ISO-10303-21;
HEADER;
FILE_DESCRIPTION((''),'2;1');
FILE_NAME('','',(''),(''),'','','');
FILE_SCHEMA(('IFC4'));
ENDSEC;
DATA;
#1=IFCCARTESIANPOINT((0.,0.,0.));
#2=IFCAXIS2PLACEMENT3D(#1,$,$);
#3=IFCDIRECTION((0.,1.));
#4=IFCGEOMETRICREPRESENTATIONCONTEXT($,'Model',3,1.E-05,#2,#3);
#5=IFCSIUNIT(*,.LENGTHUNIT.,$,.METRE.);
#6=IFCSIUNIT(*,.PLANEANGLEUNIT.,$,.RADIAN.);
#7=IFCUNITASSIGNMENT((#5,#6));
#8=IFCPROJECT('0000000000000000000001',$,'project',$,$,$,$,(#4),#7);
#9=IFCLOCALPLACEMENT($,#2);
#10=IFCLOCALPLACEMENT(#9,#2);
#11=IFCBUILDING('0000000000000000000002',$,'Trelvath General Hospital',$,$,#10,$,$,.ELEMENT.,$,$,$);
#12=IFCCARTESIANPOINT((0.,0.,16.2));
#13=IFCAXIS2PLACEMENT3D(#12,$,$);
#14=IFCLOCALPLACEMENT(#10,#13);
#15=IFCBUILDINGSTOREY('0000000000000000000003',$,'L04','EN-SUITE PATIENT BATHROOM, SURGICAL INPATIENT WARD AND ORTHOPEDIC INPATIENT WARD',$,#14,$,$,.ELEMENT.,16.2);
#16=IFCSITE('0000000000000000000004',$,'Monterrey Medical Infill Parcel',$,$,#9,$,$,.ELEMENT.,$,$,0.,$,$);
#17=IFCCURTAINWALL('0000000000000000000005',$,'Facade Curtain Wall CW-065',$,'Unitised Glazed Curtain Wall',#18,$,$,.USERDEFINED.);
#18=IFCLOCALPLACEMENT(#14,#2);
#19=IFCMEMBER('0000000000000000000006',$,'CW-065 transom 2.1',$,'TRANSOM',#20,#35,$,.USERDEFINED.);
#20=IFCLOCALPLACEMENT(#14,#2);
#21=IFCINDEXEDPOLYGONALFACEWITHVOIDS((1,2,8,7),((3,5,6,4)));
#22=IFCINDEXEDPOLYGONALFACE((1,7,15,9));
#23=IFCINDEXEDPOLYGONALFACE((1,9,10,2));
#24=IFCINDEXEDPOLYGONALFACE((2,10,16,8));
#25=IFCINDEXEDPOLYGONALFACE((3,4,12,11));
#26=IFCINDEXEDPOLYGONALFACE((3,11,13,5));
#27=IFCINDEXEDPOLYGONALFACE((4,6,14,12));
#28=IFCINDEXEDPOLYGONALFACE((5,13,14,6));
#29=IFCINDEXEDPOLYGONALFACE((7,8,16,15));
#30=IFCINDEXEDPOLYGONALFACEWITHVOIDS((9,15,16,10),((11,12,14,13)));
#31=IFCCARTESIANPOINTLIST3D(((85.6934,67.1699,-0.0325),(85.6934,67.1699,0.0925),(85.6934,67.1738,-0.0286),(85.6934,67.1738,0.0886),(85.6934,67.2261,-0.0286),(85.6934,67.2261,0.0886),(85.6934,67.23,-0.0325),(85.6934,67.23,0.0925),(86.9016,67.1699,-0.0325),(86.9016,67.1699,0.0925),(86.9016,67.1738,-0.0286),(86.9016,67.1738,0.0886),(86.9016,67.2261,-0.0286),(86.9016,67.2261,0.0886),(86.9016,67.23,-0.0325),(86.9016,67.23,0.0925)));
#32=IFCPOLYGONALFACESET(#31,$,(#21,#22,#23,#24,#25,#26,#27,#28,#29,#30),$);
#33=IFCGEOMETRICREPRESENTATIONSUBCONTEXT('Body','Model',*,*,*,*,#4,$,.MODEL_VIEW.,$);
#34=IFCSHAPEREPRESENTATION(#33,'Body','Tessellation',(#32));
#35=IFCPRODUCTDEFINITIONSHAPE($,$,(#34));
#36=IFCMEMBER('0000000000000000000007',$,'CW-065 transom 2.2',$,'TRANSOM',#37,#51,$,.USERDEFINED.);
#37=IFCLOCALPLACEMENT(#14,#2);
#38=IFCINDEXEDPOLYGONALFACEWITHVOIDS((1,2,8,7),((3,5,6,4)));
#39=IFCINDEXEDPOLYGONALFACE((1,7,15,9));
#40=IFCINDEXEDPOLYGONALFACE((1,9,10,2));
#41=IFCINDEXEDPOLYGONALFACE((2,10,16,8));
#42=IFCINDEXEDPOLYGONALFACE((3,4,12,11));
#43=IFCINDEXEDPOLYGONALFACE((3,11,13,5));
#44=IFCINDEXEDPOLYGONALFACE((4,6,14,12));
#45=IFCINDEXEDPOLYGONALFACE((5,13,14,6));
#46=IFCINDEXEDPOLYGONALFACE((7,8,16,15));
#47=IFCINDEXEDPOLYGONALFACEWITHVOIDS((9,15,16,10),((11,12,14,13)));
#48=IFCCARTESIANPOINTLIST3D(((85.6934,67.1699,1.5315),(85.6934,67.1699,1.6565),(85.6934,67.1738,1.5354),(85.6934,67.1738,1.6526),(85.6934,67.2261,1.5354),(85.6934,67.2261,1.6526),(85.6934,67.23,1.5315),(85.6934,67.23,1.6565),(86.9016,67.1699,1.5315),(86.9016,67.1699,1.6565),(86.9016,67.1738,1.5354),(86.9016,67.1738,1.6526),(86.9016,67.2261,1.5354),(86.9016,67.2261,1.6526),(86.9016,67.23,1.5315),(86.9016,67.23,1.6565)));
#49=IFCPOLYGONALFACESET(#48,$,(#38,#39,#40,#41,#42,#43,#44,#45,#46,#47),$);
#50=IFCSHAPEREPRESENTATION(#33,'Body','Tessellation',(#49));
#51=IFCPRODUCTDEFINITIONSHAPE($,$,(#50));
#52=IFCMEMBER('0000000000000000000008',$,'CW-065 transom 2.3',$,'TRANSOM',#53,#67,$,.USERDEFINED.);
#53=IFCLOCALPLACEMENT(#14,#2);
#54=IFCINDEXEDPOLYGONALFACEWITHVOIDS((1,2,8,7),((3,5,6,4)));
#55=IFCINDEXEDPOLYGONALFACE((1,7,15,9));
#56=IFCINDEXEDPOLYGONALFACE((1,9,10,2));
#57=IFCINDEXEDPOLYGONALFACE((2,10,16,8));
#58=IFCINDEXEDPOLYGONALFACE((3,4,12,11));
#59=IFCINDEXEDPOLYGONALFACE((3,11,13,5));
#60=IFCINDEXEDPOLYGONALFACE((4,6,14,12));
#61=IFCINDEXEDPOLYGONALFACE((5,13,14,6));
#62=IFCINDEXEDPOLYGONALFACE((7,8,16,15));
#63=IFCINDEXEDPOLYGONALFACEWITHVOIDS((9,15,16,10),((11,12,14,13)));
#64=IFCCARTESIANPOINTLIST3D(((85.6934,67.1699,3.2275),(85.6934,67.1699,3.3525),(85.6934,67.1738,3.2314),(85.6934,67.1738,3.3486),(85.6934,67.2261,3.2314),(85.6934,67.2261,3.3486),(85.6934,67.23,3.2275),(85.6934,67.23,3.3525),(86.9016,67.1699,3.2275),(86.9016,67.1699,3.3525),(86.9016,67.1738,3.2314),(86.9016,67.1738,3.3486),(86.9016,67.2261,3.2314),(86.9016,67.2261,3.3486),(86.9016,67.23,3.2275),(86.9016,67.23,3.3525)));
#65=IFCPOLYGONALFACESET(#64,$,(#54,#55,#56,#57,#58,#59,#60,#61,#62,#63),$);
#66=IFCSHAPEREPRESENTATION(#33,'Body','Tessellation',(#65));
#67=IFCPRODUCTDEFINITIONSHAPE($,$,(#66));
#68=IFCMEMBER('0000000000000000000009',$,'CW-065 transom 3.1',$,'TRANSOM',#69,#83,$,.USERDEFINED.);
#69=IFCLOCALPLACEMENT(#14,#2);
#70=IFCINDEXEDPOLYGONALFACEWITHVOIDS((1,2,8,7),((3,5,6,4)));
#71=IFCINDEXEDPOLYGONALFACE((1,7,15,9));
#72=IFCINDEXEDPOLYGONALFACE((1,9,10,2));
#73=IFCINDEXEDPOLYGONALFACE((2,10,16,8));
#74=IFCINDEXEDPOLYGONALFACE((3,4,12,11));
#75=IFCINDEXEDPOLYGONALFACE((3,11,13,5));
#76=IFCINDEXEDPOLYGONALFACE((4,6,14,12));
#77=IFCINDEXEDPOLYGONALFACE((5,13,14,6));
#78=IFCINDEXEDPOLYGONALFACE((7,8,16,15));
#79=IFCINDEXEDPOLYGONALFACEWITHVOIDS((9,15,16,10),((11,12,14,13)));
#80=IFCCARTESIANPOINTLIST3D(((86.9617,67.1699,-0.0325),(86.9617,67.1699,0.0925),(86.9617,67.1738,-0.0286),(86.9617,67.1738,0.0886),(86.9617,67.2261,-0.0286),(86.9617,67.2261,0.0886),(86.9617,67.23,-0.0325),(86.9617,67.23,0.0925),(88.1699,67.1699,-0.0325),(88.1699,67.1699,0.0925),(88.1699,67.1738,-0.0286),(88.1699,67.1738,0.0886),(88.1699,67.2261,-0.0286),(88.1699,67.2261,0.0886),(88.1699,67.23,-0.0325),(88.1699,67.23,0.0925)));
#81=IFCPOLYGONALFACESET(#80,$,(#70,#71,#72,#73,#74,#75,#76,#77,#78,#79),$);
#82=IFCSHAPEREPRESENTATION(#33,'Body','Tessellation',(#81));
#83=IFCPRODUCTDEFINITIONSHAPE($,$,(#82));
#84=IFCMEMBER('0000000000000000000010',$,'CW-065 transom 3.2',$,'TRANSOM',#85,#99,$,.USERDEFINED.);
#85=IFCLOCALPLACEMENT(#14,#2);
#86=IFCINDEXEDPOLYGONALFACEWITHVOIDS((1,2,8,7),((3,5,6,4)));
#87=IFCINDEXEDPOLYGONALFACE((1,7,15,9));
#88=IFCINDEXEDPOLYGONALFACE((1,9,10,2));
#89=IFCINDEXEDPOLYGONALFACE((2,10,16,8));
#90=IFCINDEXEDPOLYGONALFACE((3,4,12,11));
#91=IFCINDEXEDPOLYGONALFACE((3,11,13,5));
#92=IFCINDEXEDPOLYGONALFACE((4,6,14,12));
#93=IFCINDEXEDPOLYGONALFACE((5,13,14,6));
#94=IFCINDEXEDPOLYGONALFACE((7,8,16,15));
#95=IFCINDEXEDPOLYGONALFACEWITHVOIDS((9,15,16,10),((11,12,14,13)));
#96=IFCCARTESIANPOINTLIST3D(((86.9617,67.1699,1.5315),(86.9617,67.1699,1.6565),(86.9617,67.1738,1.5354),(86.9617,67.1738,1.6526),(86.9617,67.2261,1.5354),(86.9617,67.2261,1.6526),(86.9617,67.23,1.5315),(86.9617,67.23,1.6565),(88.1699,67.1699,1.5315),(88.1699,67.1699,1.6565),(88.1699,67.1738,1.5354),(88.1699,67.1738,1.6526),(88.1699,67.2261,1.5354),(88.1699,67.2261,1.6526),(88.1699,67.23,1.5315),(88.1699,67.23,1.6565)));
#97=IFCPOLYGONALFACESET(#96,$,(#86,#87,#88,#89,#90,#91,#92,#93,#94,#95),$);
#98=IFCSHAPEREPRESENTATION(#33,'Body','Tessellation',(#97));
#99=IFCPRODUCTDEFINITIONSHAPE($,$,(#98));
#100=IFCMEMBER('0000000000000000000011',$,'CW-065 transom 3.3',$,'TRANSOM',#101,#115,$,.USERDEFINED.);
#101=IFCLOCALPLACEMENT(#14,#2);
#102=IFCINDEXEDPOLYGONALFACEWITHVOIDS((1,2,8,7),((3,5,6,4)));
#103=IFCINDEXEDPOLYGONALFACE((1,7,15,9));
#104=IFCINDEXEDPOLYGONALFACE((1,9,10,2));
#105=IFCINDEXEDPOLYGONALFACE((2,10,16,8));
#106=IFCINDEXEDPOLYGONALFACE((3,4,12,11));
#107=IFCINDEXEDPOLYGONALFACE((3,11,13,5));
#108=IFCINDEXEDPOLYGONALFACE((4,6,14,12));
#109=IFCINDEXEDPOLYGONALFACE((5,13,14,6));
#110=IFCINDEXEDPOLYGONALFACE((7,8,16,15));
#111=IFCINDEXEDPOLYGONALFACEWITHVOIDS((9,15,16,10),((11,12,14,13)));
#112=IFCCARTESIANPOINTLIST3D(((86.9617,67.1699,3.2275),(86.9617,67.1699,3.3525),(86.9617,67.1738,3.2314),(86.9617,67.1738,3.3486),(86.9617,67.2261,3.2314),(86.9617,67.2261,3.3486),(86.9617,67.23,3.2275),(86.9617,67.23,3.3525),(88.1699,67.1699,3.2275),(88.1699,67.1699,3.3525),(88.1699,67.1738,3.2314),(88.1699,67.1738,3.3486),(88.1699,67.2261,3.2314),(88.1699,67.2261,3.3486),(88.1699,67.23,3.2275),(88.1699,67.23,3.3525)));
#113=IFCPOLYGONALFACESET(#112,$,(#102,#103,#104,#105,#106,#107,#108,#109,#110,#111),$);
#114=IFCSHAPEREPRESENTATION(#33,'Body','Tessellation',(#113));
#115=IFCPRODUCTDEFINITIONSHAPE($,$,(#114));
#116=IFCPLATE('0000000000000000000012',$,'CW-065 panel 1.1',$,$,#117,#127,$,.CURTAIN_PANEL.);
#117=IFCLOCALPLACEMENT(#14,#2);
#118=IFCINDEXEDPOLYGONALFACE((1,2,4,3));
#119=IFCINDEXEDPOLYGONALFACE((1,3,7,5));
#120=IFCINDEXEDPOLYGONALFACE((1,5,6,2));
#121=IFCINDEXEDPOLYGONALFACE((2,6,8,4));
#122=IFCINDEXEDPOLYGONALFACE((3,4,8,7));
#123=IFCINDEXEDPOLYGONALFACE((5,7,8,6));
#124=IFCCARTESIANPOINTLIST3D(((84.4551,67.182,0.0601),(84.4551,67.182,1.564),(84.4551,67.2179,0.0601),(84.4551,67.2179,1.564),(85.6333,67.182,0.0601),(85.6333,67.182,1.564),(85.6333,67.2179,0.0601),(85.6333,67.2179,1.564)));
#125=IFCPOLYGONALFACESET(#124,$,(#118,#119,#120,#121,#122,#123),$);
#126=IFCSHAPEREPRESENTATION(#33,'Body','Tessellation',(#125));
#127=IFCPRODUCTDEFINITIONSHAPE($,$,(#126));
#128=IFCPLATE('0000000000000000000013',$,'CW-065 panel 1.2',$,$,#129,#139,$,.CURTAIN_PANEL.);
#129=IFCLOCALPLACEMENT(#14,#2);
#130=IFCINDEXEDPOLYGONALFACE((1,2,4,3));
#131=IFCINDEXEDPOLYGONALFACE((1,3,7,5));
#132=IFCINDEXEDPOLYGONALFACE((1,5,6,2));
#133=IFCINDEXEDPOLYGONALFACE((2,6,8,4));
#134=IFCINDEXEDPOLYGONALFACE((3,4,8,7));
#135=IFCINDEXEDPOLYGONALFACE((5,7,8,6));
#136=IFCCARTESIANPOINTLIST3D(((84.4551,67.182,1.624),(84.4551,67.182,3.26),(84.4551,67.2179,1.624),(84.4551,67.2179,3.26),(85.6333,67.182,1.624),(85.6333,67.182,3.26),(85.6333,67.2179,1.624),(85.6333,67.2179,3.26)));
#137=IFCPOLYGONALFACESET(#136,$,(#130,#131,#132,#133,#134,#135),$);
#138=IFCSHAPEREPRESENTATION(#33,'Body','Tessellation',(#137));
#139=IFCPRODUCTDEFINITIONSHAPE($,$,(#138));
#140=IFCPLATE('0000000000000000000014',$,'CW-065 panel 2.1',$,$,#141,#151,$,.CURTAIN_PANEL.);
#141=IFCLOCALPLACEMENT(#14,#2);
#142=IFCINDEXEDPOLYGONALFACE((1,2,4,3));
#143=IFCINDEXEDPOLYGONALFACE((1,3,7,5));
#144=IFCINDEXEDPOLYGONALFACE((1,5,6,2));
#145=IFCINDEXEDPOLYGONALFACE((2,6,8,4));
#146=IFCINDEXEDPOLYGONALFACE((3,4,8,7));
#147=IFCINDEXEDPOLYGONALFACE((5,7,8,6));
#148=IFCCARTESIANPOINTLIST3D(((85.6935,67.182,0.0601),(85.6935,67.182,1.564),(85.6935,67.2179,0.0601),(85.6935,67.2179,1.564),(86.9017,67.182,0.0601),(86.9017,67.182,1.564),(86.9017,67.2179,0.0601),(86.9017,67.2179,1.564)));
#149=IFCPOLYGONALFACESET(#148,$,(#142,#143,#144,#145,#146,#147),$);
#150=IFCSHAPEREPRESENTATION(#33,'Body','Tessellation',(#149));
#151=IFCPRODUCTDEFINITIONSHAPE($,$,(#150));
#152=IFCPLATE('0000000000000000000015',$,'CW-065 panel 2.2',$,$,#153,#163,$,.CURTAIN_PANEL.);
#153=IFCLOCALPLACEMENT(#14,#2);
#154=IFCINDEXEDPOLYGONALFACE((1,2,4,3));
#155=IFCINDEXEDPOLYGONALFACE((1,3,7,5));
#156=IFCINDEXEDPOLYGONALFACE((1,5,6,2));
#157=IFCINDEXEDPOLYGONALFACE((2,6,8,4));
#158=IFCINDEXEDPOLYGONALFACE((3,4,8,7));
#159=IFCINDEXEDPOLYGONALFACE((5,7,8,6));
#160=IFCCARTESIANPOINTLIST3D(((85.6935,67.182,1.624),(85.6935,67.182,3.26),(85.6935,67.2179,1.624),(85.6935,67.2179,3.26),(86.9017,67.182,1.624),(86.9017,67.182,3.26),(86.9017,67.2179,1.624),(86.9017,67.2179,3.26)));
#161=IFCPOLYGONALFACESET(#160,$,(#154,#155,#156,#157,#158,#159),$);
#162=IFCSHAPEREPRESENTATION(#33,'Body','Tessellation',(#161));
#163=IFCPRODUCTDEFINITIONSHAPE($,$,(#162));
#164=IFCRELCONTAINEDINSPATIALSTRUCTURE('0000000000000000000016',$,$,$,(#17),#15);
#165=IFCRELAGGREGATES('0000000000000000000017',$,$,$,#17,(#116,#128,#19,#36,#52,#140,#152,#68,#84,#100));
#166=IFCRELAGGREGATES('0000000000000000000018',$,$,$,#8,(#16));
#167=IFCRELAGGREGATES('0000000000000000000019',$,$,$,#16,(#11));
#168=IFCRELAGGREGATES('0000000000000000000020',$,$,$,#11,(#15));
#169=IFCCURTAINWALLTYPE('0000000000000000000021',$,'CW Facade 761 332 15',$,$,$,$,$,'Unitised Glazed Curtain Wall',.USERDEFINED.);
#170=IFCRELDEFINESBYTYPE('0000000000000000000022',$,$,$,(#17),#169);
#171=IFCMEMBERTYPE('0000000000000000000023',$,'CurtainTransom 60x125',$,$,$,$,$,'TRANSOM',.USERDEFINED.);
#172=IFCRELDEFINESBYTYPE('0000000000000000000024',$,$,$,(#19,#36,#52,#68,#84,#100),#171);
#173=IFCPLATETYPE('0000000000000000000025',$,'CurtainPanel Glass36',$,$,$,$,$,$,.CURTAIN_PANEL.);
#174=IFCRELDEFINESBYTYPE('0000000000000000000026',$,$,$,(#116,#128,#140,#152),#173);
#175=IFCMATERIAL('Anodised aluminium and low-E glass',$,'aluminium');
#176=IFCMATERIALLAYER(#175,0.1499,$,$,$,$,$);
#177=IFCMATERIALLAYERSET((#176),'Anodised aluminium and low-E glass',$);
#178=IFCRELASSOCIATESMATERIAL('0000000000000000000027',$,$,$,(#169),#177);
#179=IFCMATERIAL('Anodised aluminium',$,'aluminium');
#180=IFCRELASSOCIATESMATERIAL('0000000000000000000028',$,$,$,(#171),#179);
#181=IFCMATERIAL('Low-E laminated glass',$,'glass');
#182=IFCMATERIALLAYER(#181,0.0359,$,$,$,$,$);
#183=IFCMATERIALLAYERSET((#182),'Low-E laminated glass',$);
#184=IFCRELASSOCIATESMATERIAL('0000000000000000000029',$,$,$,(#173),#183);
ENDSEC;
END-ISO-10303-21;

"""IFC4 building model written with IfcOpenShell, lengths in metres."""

from ifc_helpers import new_model, si_unit, direction, frame, origin, origin_2d, place, context, subcontext, project, spatial, rectangle, hollow_rectangle, extrude, material, layer, layer_set, material_profile, profile_set, type_object, element, aggregate, save


model = new_model("IFC4")

# Units and contexts
model_context = context("Model", 3, precision=1e-05, world=origin(), true_north=direction((0.0, 1.0)))
body_context = subcontext(model_context, "Body", "Model", "MODEL_VIEW")
ifc_project = project(units=[si_unit("LENGTHUNIT", "METRE"), si_unit("PLANEANGLEUNIT", "RADIAN")], contexts=[model_context])

# Site, building, storey
site_placement = place(None, origin())
site = spatial("IfcSite", under=ifc_project, at=site_placement, Name="Monterrey Medical Infill Parcel", CompositionType="ELEMENT", RefElevation=0.0)
building_placement = place(site_placement, origin())
building = spatial("IfcBuilding", under=site, at=building_placement, Name="Trelvath General Hospital", CompositionType="ELEMENT")
storey_placement = place(building_placement, frame((0.0, 0.0, 16.2)))
storey = spatial("IfcBuildingStorey", under=building, at=storey_placement, Name="L04", Description="EN-SUITE PATIENT BATHROOM, SURGICAL INPATIENT WARD AND ORTHOPEDIC INPATIENT WARD", CompositionType="ELEMENT", Elevation=16.2)

# Curtain wall, members, plates
ifc_material_1 = material(Name="Anodised aluminium and low-E glass", Category="aluminium")
ifc_layer_1 = layer(ifc_material_1, 0.1499)
ifc_layer_set_1 = layer_set([ifc_layer_1], Name="Anodised aluminium and low-E glass")
curtain_wall_type = type_object("IfcCurtainWallType", Name="CW Facade 761 332 15", ElementType="Unitised Glazed Curtain Wall", PredefinedType="USERDEFINED", material=ifc_layer_set_1)
curtain_wall_placement = place(storey_placement, origin())
curtain_wall = element("IfcCurtainWall", 1, at=curtain_wall_placement, inside=storey, type_object=curtain_wall_type, Name="Facade Curtain Wall CW-065", ObjectType="Unitised Glazed Curtain Wall", PredefinedType="USERDEFINED")
ifc_material_2 = material(Name="Anodised aluminium", Category="aluminium")
ifc_material_profile_1 = material_profile(ifc_material_2, hollow_rectangle(XDim=0.0601, YDim=0.125, WallThickness=0.0039, at=origin_2d()), Name="RHS60x125x4")
ifc_profile_set_1 = profile_set([ifc_material_profile_1], Name="Anodised aluminium")
member_type_1 = type_object("IfcMemberType", Name="CurtainTransom 60x125", ElementType="TRANSOM", PredefinedType="USERDEFINED", material=ifc_profile_set_1)
member_1_placement = place(storey_placement, frame((85.6934, 67.2, 0.03), z_axis=(1.0, 0.0, 0.0), x_axis=(0.0, 1.0, 0.0)))
member_1 = element("IfcMember", 2, at=member_1_placement, type_object=member_type_1, Name="CW-065 transom 2.1", ObjectType="TRANSOM", PredefinedType="USERDEFINED", context=body_context, shape_type="SweptSolid", body=[
    extrude(hollow_rectangle(XDim=0.0601, YDim=0.125, WallThickness=0.0039, at=origin_2d()), origin(), (0.0, 0.0, 1.0), 1.2083),
])
member_2_placement = place(storey_placement, frame((85.6934, 67.2, 1.594), z_axis=(1.0, 0.0, 0.0), x_axis=(0.0, 1.0, 0.0)))
member_2 = element("IfcMember", 3, at=member_2_placement, type_object=member_type_1, Name="CW-065 transom 2.2", ObjectType="TRANSOM", PredefinedType="USERDEFINED", context=body_context, shape_type="SweptSolid", body=[
    extrude(hollow_rectangle(XDim=0.0601, YDim=0.125, WallThickness=0.0039, at=origin_2d()), origin(), (0.0, 0.0, 1.0), 1.2083),
])
member_3_placement = place(storey_placement, frame((85.6934, 67.2, 3.29), z_axis=(1.0, 0.0, 0.0), x_axis=(0.0, 1.0, 0.0)))
member_3 = element("IfcMember", 4, at=member_3_placement, type_object=member_type_1, Name="CW-065 transom 2.3", ObjectType="TRANSOM", PredefinedType="USERDEFINED", context=body_context, shape_type="SweptSolid", body=[
    extrude(hollow_rectangle(XDim=0.0601, YDim=0.125, WallThickness=0.0039, at=origin_2d()), origin(), (0.0, 0.0, 1.0), 1.2083),
])
member_4_placement = place(storey_placement, frame((86.9617, 67.2, 0.03), z_axis=(1.0, 0.0, 0.0), x_axis=(0.0, 1.0, 0.0)))
member_4 = element("IfcMember", 5, at=member_4_placement, type_object=member_type_1, Name="CW-065 transom 3.1", ObjectType="TRANSOM", PredefinedType="USERDEFINED", context=body_context, shape_type="SweptSolid", body=[
    extrude(hollow_rectangle(XDim=0.0601, YDim=0.125, WallThickness=0.0039, at=origin_2d()), origin(), (0.0, 0.0, 1.0), 1.2083),
])
member_5_placement = place(storey_placement, frame((86.9617, 67.2, 1.594), z_axis=(1.0, 0.0, 0.0), x_axis=(0.0, 1.0, 0.0)))
member_5 = element("IfcMember", 6, at=member_5_placement, type_object=member_type_1, Name="CW-065 transom 3.2", ObjectType="TRANSOM", PredefinedType="USERDEFINED", context=body_context, shape_type="SweptSolid", body=[
    extrude(hollow_rectangle(XDim=0.0601, YDim=0.125, WallThickness=0.0039, at=origin_2d()), origin(), (0.0, 0.0, 1.0), 1.2083),
])
member_6_placement = place(storey_placement, frame((86.9617, 67.2, 3.29), z_axis=(1.0, 0.0, 0.0), x_axis=(0.0, 1.0, 0.0)))
member_6 = element("IfcMember", 7, at=member_6_placement, type_object=member_type_1, Name="CW-065 transom 3.3", ObjectType="TRANSOM", PredefinedType="USERDEFINED", context=body_context, shape_type="SweptSolid", body=[
    extrude(hollow_rectangle(XDim=0.0601, YDim=0.125, WallThickness=0.0039, at=origin_2d()), origin(), (0.0, 0.0, 1.0), 1.2083),
])
ifc_material_3 = material(Name="Low-E laminated glass", Category="glass")
ifc_layer_2 = layer(ifc_material_3, 0.0359)
ifc_layer_set_2 = layer_set([ifc_layer_2], Name="Low-E laminated glass")
plate_type = type_object("IfcPlateType", Name="CurtainPanel Glass36", PredefinedType="CURTAIN_PANEL", material=ifc_layer_set_2)
plate_1_placement = place(storey_placement, frame((85.0442, 67.2, 0.0601), z_axis=(0.0, 0.0, 1.0), x_axis=(1.0, 0.0, 0.0)))
plate_1 = element("IfcPlate", 8, at=plate_1_placement, type_object=plate_type, Name="CW-065 panel 1.1", PredefinedType="CURTAIN_PANEL", context=body_context, shape_type="SweptSolid", body=[
    extrude(rectangle(XDim=1.1782, YDim=0.0359, at=origin_2d()), origin(), (0.0, 0.0, 1.0), 1.5039),
])
plate_2_placement = place(storey_placement, frame((85.0442, 67.2, 1.624), z_axis=(0.0, 0.0, 1.0), x_axis=(1.0, 0.0, 0.0)))
plate_2 = element("IfcPlate", 9, at=plate_2_placement, type_object=plate_type, Name="CW-065 panel 1.2", PredefinedType="CURTAIN_PANEL", context=body_context, shape_type="SweptSolid", body=[
    extrude(rectangle(XDim=1.1782, YDim=0.0359, at=origin_2d()), origin(), (0.0, 0.0, 1.0), 1.636),
])
plate_3_placement = place(storey_placement, frame((86.2976, 67.2, 0.0601), z_axis=(0.0, 0.0, 1.0), x_axis=(1.0, 0.0, 0.0)))
plate_3 = element("IfcPlate", 10, at=plate_3_placement, type_object=plate_type, Name="CW-065 panel 2.1", PredefinedType="CURTAIN_PANEL", context=body_context, shape_type="SweptSolid", body=[
    extrude(rectangle(XDim=1.2083, YDim=0.0359, at=origin_2d()), origin(), (0.0, 0.0, 1.0), 1.5039),
])
plate_4_placement = place(storey_placement, frame((86.2976, 67.2, 1.624), z_axis=(0.0, 0.0, 1.0), x_axis=(1.0, 0.0, 0.0)))
plate_4 = element("IfcPlate", 11, at=plate_4_placement, type_object=plate_type, Name="CW-065 panel 2.2", PredefinedType="CURTAIN_PANEL", context=body_context, shape_type="SweptSolid", body=[
    extrude(rectangle(XDim=1.2083, YDim=0.0359, at=origin_2d()), origin(), (0.0, 0.0, 1.0), 1.636),
])
aggregate(curtain_wall, [plate_1, plate_2, member_1, member_2, member_3, plate_3, plate_4, member_4, member_5, member_6])

save(model, "model.ifc")
